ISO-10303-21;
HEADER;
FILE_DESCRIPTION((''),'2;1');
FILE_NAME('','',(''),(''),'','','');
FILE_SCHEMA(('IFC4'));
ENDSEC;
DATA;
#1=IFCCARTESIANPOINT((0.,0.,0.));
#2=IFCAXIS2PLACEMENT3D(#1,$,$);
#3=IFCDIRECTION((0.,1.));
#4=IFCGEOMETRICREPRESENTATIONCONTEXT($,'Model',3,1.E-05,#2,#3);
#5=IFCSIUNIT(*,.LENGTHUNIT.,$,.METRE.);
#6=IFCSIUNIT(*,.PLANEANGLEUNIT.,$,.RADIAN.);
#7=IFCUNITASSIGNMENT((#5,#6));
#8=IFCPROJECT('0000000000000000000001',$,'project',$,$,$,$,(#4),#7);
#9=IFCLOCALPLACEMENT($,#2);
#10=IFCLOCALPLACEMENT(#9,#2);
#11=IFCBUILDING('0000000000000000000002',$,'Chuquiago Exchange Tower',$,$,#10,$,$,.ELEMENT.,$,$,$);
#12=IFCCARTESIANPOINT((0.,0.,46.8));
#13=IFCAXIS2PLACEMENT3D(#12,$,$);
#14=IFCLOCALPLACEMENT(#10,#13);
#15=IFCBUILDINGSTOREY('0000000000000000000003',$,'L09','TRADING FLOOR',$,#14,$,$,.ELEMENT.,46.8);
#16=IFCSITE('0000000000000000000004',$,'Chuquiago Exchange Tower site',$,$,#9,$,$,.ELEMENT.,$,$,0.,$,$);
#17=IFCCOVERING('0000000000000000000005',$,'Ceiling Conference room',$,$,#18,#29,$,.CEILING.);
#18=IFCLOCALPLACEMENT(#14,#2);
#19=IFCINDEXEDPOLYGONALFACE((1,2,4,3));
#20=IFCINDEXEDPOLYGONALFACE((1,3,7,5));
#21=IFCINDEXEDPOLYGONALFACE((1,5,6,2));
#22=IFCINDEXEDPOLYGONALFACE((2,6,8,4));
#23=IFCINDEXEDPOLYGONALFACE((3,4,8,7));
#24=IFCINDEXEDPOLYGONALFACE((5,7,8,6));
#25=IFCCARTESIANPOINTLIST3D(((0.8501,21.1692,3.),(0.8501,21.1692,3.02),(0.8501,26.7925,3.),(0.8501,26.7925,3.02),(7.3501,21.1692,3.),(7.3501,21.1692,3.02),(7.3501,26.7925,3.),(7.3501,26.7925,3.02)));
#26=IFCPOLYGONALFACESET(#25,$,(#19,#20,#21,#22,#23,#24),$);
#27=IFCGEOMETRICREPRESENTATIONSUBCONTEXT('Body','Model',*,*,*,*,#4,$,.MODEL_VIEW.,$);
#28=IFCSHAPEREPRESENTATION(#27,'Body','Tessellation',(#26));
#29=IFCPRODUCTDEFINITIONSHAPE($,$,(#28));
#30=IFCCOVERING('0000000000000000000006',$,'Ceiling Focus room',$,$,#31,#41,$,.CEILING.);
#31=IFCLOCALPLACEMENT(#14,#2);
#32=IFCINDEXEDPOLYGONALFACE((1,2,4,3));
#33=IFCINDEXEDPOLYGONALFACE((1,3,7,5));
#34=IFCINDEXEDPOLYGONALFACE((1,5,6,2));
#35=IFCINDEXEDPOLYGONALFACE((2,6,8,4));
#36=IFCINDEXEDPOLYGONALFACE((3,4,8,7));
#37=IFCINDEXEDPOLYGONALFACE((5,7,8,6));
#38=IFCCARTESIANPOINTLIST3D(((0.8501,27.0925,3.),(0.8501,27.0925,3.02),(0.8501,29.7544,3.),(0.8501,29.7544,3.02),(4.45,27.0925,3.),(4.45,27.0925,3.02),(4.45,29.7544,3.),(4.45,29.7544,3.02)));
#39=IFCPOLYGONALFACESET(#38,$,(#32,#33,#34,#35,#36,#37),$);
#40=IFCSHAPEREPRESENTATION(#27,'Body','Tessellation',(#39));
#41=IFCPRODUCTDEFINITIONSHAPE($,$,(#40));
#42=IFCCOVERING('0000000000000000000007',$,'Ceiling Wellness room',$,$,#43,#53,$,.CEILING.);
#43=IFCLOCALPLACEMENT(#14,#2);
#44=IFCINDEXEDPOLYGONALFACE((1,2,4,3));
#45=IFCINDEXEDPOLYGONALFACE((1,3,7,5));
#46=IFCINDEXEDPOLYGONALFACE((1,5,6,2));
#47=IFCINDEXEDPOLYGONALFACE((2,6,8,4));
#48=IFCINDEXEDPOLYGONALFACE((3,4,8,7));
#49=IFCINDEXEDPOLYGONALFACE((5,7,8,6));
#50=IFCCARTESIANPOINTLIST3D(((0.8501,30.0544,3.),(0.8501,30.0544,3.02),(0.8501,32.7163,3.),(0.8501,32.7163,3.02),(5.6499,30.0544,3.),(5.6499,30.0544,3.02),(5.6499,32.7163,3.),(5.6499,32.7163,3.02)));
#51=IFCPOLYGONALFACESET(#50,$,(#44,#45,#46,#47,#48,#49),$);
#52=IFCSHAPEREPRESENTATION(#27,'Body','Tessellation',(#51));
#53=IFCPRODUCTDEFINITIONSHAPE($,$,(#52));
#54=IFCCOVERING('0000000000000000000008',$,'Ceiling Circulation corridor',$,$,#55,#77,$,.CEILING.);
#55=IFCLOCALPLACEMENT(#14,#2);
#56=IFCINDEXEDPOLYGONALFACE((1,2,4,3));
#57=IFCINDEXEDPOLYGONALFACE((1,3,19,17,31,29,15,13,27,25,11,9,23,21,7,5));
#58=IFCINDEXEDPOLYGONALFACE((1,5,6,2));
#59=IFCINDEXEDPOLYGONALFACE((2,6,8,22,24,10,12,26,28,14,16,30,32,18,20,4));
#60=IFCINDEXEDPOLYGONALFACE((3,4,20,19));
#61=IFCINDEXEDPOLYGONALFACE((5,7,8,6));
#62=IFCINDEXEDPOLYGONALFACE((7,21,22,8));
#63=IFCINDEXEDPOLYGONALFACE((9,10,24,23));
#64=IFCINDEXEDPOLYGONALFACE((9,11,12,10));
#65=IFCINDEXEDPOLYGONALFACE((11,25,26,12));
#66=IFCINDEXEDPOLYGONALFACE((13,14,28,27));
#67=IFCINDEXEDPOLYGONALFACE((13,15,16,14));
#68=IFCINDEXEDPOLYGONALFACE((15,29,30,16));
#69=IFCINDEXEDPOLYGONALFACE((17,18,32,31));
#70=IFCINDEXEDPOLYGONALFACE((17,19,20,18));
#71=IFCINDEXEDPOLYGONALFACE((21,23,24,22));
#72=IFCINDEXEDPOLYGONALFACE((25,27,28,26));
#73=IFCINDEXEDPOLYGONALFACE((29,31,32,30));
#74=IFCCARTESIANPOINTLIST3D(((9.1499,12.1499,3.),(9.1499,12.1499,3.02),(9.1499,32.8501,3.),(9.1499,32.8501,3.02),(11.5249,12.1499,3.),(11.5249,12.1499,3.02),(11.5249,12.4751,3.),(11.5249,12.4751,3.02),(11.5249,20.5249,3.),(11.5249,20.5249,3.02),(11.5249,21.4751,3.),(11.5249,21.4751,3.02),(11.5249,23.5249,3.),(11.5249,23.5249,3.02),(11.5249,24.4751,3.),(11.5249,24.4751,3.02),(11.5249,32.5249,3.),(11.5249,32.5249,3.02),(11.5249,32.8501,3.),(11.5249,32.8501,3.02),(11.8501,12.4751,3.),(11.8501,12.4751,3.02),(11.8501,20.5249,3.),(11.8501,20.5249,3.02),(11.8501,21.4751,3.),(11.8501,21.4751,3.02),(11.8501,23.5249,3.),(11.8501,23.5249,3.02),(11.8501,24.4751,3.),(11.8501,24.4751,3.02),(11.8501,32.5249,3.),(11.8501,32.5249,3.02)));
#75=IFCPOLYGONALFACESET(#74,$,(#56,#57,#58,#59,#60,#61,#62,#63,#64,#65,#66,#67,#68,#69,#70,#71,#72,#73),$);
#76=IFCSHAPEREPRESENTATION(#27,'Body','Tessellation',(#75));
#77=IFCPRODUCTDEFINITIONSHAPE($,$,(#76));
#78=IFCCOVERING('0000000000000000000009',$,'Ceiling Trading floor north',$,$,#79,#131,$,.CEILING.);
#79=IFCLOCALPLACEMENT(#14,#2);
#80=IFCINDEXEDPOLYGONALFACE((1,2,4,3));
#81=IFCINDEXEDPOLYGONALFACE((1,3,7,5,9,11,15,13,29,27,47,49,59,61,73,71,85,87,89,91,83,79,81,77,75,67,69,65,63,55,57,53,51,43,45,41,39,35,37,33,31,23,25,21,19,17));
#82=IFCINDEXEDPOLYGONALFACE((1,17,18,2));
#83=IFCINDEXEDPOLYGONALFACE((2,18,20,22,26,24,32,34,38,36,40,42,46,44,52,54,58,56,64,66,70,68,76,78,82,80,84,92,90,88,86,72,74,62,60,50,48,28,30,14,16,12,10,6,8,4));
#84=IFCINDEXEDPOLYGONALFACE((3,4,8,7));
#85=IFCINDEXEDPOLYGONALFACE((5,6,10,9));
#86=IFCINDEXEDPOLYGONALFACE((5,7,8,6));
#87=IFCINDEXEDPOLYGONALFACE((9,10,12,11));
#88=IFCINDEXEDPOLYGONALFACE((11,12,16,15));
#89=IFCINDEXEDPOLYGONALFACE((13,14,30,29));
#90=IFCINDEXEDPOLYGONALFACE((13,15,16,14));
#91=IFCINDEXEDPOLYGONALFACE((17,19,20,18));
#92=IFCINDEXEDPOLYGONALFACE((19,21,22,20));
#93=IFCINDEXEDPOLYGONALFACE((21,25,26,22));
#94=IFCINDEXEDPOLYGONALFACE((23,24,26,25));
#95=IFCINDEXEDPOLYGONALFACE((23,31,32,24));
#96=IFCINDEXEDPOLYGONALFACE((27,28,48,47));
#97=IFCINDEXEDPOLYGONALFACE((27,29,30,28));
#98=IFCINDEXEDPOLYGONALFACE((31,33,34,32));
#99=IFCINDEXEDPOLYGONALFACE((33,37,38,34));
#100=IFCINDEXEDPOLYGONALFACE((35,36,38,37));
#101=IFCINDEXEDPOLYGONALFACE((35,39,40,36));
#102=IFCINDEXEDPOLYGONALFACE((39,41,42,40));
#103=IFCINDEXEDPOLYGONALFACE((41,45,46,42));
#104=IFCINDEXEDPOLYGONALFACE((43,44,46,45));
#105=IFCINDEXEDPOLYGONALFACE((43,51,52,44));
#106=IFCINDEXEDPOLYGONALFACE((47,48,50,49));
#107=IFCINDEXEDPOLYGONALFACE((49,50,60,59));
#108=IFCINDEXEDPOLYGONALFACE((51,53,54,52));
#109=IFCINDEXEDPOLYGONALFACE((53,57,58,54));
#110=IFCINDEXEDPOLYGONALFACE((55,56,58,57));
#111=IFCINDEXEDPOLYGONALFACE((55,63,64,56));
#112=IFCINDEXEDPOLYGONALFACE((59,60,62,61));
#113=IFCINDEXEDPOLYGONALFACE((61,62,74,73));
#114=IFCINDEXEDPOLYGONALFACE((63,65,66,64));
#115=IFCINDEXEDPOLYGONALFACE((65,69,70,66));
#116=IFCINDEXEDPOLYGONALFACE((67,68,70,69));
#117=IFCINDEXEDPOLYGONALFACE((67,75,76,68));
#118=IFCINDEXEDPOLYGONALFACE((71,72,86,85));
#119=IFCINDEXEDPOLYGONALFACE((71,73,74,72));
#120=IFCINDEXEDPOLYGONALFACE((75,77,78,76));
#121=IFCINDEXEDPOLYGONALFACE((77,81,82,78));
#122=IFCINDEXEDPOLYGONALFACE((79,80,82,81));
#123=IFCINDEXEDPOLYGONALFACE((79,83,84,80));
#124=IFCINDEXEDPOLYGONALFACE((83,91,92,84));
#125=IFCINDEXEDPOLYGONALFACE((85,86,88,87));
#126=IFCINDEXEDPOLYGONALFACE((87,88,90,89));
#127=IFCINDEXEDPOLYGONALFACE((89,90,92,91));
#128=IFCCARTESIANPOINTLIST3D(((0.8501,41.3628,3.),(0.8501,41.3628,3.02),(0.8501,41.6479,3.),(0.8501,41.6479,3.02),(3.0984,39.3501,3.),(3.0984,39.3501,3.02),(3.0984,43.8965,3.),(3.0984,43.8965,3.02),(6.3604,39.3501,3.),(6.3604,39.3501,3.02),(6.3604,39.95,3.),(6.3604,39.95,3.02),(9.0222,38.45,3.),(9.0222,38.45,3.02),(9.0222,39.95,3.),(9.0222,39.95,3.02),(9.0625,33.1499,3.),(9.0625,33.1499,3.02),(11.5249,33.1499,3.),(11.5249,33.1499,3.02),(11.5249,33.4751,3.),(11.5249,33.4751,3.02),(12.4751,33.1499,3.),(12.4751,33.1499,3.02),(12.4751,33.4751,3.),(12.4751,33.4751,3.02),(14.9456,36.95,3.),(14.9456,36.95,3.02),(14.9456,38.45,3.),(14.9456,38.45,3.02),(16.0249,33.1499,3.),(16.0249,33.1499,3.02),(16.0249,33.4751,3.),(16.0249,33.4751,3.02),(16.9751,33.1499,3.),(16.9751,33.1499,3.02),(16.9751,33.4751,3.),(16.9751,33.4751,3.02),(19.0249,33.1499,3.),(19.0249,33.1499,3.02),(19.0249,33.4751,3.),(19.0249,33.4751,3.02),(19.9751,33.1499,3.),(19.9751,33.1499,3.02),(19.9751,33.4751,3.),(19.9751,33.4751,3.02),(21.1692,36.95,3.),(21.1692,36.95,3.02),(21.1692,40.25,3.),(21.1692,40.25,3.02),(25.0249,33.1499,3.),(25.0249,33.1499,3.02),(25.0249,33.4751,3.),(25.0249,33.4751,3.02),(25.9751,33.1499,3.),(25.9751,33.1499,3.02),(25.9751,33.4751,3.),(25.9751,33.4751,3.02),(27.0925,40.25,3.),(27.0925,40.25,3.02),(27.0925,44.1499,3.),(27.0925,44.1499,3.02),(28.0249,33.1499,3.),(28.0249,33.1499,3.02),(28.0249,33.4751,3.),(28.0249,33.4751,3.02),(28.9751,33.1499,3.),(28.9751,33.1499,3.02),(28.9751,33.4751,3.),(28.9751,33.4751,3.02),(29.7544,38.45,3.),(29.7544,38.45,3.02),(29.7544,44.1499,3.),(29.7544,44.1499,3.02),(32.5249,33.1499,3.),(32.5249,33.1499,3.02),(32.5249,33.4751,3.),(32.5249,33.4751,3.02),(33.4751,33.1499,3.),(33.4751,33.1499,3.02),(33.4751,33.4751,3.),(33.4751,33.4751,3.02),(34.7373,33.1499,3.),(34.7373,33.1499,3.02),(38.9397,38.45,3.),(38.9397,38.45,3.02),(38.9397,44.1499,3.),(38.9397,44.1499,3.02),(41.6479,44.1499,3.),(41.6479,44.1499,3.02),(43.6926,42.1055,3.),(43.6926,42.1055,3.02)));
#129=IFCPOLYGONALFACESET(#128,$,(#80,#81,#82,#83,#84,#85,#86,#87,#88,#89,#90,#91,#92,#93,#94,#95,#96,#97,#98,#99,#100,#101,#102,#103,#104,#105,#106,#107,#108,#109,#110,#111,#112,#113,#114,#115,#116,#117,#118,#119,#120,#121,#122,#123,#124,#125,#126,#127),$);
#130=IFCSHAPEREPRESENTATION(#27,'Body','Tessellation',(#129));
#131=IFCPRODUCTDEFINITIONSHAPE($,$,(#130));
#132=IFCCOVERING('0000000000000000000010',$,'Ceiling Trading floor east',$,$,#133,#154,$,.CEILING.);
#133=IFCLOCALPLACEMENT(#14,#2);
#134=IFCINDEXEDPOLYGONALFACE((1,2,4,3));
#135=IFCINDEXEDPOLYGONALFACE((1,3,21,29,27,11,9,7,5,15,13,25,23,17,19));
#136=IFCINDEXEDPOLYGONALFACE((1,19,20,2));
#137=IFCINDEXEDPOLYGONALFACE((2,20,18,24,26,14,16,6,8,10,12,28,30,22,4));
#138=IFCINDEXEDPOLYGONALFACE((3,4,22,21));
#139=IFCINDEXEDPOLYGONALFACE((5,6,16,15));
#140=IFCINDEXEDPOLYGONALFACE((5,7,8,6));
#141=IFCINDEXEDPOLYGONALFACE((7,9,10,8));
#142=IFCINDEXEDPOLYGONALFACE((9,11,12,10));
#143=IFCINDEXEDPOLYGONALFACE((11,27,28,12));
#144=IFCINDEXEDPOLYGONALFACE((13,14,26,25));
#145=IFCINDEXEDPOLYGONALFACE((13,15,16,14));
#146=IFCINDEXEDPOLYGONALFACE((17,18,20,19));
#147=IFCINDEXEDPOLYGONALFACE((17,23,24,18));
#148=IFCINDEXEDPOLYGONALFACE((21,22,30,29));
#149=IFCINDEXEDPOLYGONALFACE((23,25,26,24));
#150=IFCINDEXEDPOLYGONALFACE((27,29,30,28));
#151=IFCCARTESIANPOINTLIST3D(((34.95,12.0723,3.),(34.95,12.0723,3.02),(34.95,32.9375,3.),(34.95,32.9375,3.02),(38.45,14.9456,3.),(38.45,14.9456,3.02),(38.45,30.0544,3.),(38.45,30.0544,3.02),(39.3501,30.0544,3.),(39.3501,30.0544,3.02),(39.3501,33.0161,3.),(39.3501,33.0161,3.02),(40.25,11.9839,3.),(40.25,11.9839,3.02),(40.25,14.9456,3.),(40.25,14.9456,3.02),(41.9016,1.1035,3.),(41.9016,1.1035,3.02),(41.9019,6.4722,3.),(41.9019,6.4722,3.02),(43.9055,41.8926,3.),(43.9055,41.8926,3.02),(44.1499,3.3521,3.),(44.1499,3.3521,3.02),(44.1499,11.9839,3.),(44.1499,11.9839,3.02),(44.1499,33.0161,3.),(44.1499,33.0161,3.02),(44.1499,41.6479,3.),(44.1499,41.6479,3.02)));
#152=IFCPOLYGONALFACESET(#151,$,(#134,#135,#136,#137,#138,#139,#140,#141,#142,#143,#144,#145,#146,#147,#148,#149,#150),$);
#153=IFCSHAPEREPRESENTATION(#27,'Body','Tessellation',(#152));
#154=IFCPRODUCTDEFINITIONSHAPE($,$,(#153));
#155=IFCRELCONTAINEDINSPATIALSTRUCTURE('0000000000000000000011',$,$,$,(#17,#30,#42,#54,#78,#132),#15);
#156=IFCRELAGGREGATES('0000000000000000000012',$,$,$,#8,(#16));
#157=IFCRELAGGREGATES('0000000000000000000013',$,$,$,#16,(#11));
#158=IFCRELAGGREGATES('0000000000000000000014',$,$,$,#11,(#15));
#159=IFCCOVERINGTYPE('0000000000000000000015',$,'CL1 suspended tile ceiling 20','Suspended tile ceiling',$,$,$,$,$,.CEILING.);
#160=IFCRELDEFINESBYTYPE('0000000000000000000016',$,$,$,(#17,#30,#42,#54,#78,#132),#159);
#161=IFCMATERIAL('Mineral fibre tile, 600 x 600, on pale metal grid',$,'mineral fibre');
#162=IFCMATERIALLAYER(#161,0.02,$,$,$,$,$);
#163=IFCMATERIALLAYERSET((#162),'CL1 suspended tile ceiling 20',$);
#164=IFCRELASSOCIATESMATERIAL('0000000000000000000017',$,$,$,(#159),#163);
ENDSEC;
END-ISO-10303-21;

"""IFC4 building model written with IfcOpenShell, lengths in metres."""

from ifc_helpers import new_model, si_unit, direction, frame, origin, place, context, subcontext, project, spatial, polyline, outline, extrude, material, layer, layer_set, type_object, element, save


model = new_model("IFC4")

# Units and contexts
model_context = context("Model", 3, precision=1e-05, world=origin(), true_north=direction((0.0, 1.0)))
body_context = subcontext(model_context, "Body", "Model", "MODEL_VIEW")
ifc_project = project(units=[si_unit("LENGTHUNIT", "METRE"), si_unit("PLANEANGLEUNIT", "RADIAN")], contexts=[model_context])

# Site, building, storey
site_placement = place(None, origin())
site = spatial("IfcSite", under=ifc_project, at=site_placement, Name="Chuquiago Exchange Tower site", CompositionType="ELEMENT", RefElevation=0.0)
building_placement = place(site_placement, origin())
building = spatial("IfcBuilding", under=site, at=building_placement, Name="Chuquiago Exchange Tower", CompositionType="ELEMENT")
storey_placement = place(building_placement, frame((0.0, 0.0, 46.8)))
storey = spatial("IfcBuildingStorey", under=building, at=storey_placement, Name="L09", Description="TRADING FLOOR", CompositionType="ELEMENT", Elevation=46.8)

# Coverings
ifc_material_1 = material(Name="Mineral fibre tile, 600 x 600, on pale metal grid", Category="mineral fibre")
ifc_layer_1 = layer(ifc_material_1, 0.02)
ifc_layer_set_1 = layer_set([ifc_layer_1], Name="CL1 suspended tile ceiling 20")
covering_type_1 = type_object("IfcCoveringType", Name="CL1 suspended tile ceiling 20", Description="Suspended tile ceiling", PredefinedType="CEILING", material=ifc_layer_set_1)
covering_1_placement = place(storey_placement, frame((0.0, 0.0, 3.0)))
element("IfcCovering", 1, at=covering_1_placement, inside=storey, type_object=covering_type_1, Name="Ceiling Conference room", PredefinedType="CEILING", context=body_context, shape_type="SweptSolid", body=[
    extrude(outline(polyline([(7.3501, 26.7925), (7.3501, 21.1692), (0.8501, 21.1692), (0.8501, 26.7925), (7.3501, 26.7925)])), origin(), (0.0, 0.0, 1.0), 0.02),
])
covering_2_placement = place(storey_placement, frame((0.0, 0.0, 3.0)))
element("IfcCovering", 2, at=covering_2_placement, inside=storey, type_object=covering_type_1, Name="Ceiling Focus room", PredefinedType="CEILING", context=body_context, shape_type="SweptSolid", body=[
    extrude(outline(polyline([(4.45, 29.7544), (4.45, 27.0925), (0.8501, 27.0925), (0.8501, 29.7544), (4.45, 29.7544)])), origin(), (0.0, 0.0, 1.0), 0.02),
])
covering_3_placement = place(storey_placement, frame((0.0, 0.0, 3.0)))
element("IfcCovering", 3, at=covering_3_placement, inside=storey, type_object=covering_type_1, Name="Ceiling Wellness room", PredefinedType="CEILING", context=body_context, shape_type="SweptSolid", body=[
    extrude(outline(polyline([(5.6499, 32.7163), (5.6499, 30.0544), (0.8501, 30.0544), (0.8501, 32.7163), (5.6499, 32.7163)])), origin(), (0.0, 0.0, 1.0), 0.02),
])
covering_4_placement = place(storey_placement, frame((0.0, 0.0, 3.0)))
element("IfcCovering", 4, at=covering_4_placement, inside=storey, type_object=covering_type_1, Name="Ceiling Circulation corridor", PredefinedType="CEILING", context=body_context, shape_type="SweptSolid", body=[
    extrude(outline(polyline([(9.1499, 12.1499), (9.1499, 32.8501), (11.5249, 32.8501), (11.5249, 32.5249), (11.8501, 32.5249), (11.8501, 24.4751), (11.5249, 24.4751), (11.5249, 23.5249), (11.8501, 23.5249), (11.8501, 21.4751), (11.5249, 21.4751), (11.5249, 20.5249), (11.8501, 20.5249), (11.8501, 12.4751), (11.5249, 12.4751), (11.5249, 12.1499), (9.1499, 12.1499)])), origin(), (0.0, 0.0, 1.0), 0.02),
])
covering_5_placement = place(storey_placement, frame((0.0, 0.0, 3.0)))
element("IfcCovering", 5, at=covering_5_placement, inside=storey, type_object=covering_type_1, Name="Ceiling Trading floor north", PredefinedType="CEILING", context=body_context, shape_type="SweptSolid", body=[
    extrude(outline(polyline([(3.0984, 43.8965), (3.0984, 39.3501), (6.3604, 39.3501), (6.3604, 39.95), (9.0222, 39.95), (9.0222, 38.45), (14.9456, 38.45), (14.9456, 36.95), (21.1692, 36.95), (21.1692, 40.25), (27.0925, 40.25), (27.0925, 44.1499), (29.7544, 44.1499), (29.7544, 38.45), (38.9397, 38.45), (38.9397, 44.1499), (41.6479, 44.1499), (43.6926, 42.1055), (34.7373, 33.1499), (33.4751, 33.1499), (33.4751, 33.4751), (32.5249, 33.4751), (32.5249, 33.1499), (28.9751, 33.1499), (28.9751, 33.4751), (28.0249, 33.4751), (28.0249, 33.1499), (25.9751, 33.1499), (25.9751, 33.4751), (25.0249, 33.4751), (25.0249, 33.1499), (19.9751, 33.1499), (19.9751, 33.4751), (19.0249, 33.4751), (19.0249, 33.1499), (16.9751, 33.1499), (16.9751, 33.4751), (16.0249, 33.4751), (16.0249, 33.1499), (12.4751, 33.1499), (12.4751, 33.4751), (11.5249, 33.4751), (11.5249, 33.1499), (9.0625, 33.1499), (0.8501, 41.3628), (0.8501, 41.6479), (3.0984, 43.8965)])), origin(), (0.0, 0.0, 1.0), 0.02),
])
covering_6_placement = place(storey_placement, frame((0.0, 0.0, 3.0)))
element("IfcCovering", 6, at=covering_6_placement, inside=storey, type_object=covering_type_1, Name="Ceiling Trading floor east", PredefinedType="CEILING", context=body_context, shape_type="SweptSolid", body=[
    extrude(outline(polyline([(44.1499, 33.0161), (39.3501, 33.0161), (39.3501, 30.0544), (38.45, 30.0544), (38.45, 14.9456), (40.25, 14.9456), (40.25, 11.9839), (44.1499, 11.9839), (44.1499, 3.3521), (41.9016, 1.1035), (41.9019, 6.4722), (34.95, 12.0723), (34.95, 32.9375), (43.9055, 41.8926), (44.1499, 41.6479), (44.1499, 33.0161)])), origin(), (0.0, 0.0, 1.0), 0.02),
])

save(model, "model.ifc")
